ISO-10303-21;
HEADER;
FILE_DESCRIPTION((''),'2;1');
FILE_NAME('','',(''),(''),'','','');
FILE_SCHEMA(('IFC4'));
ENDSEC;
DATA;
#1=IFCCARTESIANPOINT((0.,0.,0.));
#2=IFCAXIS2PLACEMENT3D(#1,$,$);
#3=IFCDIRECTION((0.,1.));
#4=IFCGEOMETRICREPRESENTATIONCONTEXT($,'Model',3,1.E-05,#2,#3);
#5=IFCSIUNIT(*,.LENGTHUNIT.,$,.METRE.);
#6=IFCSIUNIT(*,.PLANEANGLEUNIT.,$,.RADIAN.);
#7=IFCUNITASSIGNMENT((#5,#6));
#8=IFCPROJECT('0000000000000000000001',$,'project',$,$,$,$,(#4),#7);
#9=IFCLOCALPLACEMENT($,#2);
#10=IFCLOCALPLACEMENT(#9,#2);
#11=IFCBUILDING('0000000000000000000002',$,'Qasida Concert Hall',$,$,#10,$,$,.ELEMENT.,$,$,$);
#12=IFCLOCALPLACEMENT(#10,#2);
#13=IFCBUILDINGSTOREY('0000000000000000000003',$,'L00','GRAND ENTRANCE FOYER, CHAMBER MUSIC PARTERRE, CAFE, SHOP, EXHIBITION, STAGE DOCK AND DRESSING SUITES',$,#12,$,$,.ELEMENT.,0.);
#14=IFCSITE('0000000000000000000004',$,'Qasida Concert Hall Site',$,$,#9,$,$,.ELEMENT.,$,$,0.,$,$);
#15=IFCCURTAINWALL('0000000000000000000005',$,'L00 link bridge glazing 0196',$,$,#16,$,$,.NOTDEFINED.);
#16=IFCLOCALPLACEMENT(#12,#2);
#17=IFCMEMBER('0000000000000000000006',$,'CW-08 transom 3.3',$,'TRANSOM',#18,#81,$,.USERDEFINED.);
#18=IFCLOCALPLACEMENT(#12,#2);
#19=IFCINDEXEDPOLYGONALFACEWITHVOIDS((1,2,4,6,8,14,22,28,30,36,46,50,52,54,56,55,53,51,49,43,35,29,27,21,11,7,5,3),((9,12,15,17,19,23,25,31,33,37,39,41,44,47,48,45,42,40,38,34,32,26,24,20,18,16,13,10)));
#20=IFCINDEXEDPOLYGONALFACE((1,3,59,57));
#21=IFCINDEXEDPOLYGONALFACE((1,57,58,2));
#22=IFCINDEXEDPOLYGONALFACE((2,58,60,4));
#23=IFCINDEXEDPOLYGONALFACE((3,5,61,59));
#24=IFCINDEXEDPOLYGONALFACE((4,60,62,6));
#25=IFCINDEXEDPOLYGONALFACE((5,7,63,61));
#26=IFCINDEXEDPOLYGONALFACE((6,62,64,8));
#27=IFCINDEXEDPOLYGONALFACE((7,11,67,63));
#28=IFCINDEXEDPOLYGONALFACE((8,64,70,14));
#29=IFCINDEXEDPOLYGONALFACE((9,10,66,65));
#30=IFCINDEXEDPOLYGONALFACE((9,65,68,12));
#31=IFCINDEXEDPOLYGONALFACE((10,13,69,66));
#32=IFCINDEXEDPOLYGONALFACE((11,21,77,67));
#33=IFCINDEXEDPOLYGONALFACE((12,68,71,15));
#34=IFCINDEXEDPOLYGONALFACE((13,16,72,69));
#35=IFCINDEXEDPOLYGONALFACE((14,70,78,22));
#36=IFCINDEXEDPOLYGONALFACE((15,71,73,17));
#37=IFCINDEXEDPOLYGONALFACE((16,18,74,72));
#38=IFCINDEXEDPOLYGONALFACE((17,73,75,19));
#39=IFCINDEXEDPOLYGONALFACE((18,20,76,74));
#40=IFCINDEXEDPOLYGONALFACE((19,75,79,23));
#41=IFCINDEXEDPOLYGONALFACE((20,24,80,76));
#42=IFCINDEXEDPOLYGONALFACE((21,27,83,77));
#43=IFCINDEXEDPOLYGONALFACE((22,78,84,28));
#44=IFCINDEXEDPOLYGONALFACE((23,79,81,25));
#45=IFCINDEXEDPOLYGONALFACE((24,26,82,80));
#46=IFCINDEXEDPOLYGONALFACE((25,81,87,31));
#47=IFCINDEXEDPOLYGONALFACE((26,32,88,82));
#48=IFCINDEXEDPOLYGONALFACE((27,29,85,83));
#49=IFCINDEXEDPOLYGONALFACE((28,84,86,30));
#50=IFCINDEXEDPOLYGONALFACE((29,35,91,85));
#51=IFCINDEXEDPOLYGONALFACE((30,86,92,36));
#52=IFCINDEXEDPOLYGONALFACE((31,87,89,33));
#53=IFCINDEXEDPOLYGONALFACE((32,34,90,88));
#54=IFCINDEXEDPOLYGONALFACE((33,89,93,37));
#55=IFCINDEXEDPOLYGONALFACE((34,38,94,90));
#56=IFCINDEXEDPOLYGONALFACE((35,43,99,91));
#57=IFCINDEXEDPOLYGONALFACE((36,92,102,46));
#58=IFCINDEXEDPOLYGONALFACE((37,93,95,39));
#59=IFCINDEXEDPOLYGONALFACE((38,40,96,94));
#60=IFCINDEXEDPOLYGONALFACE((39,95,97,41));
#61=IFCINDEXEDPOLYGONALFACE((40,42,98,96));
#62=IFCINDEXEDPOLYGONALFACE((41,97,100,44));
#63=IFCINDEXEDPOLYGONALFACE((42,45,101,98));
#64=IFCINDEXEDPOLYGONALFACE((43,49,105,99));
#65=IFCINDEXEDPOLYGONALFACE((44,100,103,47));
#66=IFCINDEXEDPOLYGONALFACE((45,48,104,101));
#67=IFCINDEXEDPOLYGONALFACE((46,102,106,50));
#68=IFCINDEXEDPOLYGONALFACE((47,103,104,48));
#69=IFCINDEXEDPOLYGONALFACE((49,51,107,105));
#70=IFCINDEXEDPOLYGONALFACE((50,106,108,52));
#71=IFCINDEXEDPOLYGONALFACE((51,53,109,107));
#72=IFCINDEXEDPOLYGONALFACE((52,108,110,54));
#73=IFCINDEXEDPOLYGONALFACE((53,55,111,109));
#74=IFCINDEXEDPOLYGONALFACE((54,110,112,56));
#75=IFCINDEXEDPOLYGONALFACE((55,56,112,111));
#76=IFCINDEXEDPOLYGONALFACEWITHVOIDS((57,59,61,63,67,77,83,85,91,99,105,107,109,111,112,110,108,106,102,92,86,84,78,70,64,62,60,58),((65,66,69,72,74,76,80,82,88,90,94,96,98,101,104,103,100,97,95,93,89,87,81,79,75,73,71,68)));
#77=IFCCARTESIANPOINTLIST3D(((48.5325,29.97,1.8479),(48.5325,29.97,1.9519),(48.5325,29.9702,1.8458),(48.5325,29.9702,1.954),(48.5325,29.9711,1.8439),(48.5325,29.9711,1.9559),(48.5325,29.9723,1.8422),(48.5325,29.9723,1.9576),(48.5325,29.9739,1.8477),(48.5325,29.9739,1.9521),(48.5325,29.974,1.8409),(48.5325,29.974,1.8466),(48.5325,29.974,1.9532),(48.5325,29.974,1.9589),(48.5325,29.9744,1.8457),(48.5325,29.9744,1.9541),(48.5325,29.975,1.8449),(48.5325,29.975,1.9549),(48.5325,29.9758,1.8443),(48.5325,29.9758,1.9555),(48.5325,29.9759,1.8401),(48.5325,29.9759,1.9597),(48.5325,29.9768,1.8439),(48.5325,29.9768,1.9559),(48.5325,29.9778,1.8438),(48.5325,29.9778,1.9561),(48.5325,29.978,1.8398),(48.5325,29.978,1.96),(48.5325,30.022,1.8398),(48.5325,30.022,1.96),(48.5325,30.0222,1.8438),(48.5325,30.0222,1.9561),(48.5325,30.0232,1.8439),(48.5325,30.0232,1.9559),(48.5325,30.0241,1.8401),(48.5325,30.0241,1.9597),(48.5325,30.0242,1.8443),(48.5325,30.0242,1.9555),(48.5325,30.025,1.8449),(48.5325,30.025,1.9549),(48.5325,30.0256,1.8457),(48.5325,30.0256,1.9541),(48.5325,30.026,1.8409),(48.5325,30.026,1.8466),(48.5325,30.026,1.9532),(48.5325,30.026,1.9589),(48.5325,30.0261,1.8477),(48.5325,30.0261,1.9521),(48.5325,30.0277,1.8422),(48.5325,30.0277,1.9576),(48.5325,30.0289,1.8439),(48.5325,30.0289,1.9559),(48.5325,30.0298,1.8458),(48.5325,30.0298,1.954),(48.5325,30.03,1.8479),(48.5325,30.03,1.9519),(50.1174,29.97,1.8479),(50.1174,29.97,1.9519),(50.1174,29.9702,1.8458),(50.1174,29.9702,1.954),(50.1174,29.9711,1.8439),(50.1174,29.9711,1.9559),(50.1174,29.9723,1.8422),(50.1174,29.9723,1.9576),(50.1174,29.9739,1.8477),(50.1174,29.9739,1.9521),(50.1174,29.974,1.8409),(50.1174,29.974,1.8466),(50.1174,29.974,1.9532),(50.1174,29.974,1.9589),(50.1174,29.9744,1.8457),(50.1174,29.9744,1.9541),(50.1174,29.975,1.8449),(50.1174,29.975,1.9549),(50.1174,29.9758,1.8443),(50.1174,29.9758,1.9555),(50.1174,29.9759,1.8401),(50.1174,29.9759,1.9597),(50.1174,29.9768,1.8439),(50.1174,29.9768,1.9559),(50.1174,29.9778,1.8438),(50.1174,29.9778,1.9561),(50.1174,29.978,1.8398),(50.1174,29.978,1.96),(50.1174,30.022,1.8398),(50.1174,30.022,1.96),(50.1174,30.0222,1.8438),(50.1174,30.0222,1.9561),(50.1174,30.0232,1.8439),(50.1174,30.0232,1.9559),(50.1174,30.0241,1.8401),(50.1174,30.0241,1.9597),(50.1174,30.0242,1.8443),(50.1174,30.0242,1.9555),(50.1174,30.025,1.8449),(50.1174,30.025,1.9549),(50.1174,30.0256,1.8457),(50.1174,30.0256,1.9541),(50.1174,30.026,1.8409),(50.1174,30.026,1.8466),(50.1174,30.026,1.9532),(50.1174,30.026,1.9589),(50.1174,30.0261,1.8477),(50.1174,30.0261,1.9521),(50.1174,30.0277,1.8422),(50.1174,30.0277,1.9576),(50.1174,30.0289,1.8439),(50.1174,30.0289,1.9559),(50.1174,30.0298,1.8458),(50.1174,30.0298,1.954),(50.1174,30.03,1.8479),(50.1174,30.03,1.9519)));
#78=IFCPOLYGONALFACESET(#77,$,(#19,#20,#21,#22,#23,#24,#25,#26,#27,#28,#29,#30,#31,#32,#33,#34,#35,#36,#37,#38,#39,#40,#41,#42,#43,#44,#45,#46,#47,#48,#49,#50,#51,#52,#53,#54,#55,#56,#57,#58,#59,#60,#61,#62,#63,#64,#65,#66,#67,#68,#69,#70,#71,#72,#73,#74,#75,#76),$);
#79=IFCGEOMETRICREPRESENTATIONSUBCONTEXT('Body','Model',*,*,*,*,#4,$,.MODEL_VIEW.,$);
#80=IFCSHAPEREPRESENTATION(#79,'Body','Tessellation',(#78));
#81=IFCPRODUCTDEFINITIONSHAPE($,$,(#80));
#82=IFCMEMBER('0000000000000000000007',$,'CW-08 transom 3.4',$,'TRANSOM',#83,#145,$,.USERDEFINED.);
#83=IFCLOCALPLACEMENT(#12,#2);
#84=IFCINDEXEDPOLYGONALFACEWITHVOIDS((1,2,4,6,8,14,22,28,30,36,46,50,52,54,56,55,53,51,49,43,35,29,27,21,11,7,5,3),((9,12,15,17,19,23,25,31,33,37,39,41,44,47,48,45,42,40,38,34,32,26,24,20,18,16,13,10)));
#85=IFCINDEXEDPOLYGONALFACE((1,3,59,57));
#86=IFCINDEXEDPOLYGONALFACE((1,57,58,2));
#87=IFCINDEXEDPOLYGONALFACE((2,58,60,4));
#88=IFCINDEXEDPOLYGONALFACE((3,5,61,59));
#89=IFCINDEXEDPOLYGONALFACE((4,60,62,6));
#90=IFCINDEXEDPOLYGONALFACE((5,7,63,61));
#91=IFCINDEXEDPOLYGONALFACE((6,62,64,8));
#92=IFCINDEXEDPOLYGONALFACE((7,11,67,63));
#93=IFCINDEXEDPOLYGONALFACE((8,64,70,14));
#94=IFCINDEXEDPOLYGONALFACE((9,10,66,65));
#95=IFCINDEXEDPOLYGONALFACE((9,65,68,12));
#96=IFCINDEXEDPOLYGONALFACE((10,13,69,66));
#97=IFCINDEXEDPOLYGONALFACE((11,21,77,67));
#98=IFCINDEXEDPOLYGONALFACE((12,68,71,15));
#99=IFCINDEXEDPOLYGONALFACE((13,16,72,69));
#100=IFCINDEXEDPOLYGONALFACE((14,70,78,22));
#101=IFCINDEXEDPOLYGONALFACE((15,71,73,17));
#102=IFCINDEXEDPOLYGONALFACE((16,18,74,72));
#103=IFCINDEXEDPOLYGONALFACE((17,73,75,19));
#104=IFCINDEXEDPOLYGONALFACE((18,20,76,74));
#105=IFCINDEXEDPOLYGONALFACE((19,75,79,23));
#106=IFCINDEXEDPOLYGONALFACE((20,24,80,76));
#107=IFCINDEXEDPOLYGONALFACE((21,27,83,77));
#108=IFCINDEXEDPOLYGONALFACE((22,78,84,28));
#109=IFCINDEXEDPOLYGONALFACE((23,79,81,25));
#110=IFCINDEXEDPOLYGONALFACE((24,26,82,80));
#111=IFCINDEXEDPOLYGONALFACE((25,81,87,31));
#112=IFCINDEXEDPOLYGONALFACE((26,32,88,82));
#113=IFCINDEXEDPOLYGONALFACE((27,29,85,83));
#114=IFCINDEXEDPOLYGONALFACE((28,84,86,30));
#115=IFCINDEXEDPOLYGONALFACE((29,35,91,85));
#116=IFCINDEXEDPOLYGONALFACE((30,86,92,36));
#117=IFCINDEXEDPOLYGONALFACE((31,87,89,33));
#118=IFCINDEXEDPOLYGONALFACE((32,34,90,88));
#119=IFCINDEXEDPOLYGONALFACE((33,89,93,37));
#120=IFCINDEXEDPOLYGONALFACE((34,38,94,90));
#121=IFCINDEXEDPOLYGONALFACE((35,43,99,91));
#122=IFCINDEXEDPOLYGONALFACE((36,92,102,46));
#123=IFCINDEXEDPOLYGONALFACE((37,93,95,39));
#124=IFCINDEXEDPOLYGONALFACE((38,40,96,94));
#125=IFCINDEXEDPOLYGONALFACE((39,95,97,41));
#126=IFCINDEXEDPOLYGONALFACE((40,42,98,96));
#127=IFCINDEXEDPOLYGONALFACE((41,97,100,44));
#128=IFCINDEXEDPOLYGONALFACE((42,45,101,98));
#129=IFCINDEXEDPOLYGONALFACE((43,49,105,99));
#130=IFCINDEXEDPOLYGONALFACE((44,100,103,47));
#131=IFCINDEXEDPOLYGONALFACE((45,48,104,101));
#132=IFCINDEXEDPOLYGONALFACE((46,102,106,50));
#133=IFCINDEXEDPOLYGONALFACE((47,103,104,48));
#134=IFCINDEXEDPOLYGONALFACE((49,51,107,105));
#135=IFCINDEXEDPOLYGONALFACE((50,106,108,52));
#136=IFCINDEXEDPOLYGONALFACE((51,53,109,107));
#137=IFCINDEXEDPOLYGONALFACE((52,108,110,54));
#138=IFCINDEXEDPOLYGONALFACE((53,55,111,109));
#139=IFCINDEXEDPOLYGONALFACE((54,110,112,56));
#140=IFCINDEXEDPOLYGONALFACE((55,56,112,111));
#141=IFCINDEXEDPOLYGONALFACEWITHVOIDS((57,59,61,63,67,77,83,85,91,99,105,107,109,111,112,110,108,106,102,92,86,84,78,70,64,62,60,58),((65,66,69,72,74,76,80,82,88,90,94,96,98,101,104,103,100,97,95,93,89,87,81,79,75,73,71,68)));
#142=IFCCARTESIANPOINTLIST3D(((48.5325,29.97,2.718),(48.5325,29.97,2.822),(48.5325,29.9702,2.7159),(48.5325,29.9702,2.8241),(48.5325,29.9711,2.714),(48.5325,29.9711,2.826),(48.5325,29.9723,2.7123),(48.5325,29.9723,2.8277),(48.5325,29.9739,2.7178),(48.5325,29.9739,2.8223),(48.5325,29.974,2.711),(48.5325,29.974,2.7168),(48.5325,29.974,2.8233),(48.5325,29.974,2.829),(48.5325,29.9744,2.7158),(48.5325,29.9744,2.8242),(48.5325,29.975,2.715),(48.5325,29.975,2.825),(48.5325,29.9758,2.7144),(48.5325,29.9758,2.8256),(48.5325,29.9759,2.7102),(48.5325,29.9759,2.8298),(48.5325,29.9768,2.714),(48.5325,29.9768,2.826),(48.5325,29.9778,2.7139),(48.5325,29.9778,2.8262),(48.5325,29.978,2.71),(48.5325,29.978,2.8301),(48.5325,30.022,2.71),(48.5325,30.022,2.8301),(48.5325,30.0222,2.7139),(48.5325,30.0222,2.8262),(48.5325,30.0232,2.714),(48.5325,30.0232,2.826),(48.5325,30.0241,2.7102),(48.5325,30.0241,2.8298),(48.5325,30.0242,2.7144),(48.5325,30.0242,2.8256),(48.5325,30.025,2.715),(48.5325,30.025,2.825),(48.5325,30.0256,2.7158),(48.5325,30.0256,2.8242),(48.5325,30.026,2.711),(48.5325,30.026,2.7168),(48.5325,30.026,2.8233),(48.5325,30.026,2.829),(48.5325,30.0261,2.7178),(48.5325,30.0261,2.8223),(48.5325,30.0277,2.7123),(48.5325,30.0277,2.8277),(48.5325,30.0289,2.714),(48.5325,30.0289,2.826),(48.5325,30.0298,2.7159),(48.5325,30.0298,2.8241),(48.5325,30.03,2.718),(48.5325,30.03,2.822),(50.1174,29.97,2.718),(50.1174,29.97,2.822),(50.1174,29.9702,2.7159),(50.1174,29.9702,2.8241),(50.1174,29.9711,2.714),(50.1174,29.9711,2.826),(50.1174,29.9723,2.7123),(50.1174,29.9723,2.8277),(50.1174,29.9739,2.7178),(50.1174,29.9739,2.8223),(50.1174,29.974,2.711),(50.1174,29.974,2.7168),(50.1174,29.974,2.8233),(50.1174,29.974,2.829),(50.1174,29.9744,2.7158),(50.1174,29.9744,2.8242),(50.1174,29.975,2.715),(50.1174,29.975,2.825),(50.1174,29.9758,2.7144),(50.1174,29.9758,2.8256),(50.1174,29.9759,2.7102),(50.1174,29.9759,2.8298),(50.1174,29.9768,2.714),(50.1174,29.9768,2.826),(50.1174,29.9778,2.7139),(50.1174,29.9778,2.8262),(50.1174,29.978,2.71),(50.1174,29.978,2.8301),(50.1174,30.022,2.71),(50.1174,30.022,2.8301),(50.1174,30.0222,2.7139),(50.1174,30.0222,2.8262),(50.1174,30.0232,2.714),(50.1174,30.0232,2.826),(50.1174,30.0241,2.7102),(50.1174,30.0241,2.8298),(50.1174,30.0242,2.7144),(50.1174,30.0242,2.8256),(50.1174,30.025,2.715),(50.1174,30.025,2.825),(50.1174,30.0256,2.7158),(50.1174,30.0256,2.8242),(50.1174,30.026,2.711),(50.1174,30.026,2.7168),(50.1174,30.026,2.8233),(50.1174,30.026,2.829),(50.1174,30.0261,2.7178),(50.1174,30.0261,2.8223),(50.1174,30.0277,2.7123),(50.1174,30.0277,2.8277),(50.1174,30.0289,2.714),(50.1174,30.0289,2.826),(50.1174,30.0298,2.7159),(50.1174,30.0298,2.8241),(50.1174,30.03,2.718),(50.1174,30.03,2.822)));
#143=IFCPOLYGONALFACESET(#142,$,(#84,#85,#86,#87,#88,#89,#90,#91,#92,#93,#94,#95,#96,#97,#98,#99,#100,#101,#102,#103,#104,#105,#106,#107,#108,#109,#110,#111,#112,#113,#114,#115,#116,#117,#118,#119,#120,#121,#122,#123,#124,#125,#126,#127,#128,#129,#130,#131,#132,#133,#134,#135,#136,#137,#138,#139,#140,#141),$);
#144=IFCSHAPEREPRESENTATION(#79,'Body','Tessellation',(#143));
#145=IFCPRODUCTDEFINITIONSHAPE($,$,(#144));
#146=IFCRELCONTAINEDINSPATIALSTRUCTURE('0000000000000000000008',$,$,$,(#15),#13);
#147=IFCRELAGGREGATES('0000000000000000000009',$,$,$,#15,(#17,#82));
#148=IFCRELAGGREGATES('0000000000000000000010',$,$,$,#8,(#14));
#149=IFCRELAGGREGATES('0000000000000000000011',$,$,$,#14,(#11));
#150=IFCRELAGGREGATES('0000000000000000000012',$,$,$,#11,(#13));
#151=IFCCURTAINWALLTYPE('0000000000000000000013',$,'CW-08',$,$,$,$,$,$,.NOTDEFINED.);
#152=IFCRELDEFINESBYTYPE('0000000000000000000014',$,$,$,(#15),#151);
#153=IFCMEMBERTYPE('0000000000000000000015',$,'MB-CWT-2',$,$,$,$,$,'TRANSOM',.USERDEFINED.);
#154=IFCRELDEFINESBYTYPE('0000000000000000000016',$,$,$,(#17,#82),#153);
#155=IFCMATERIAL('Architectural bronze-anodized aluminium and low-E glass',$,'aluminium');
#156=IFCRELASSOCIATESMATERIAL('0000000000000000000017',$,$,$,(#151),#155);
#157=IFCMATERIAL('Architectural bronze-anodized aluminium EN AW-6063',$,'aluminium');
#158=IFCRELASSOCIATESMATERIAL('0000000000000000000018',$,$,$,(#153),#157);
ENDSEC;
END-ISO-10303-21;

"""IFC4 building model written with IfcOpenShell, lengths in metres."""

from ifc_helpers import new_model, si_unit, direction, frame, origin, origin_2d, place, context, subcontext, project, spatial, hollow_rectangle, extrude, material, material_profile, profile_set, type_object, element, aggregate, save


model = new_model("IFC4")

# Units and contexts
model_context = context("Model", 3, precision=1e-05, world=origin(), true_north=direction((0.0, 1.0)))
body_context = subcontext(model_context, "Body", "Model", "MODEL_VIEW")
ifc_project = project(units=[si_unit("LENGTHUNIT", "METRE"), si_unit("PLANEANGLEUNIT", "RADIAN")], contexts=[model_context])

# Site, building, storey
site_placement = place(None, origin())
site = spatial("IfcSite", under=ifc_project, at=site_placement, Name="Qasida Concert Hall Site", CompositionType="ELEMENT", RefElevation=0.0)
building_placement = place(site_placement, origin())
building = spatial("IfcBuilding", under=site, at=building_placement, Name="Qasida Concert Hall", CompositionType="ELEMENT")
storey_placement = place(building_placement, origin())
storey = spatial("IfcBuildingStorey", under=building, at=storey_placement, Name="L00", Description="GRAND ENTRANCE FOYER, CHAMBER MUSIC PARTERRE, CAFE, SHOP, EXHIBITION, STAGE DOCK AND DRESSING SUITES", CompositionType="ELEMENT", Elevation=0.0)

# Curtain wall, members
ifc_material_1 = material(Name="Architectural bronze-anodized aluminium and low-E glass", Category="aluminium")
curtain_wall_type = type_object("IfcCurtainWallType", Name="CW-08", PredefinedType="NOTDEFINED", material=ifc_material_1)
curtain_wall_placement = place(storey_placement, origin())
curtain_wall = element("IfcCurtainWall", 1, at=curtain_wall_placement, inside=storey, type_object=curtain_wall_type, Name="L00 link bridge glazing 0196", PredefinedType="NOTDEFINED")
ifc_material_2 = material(Name="Architectural bronze-anodized aluminium EN AW-6063", Category="aluminium")
ifc_material_profile_1 = material_profile(ifc_material_2, hollow_rectangle(XDim=0.0601, YDim=0.1201, WallThickness=0.0039, InnerFilletRadius=0.0039, OuterFilletRadius=0.0081, at=origin_2d()), Name="CWT 120x60x4")
ifc_profile_set_1 = profile_set([ifc_material_profile_1], Name="Architectural bronze-anodized aluminium EN AW-6063")
member_type_1 = type_object("IfcMemberType", Name="MB-CWT-2", ElementType="TRANSOM", PredefinedType="USERDEFINED", material=ifc_profile_set_1)
member_1_placement = place(storey_placement, frame((48.5325, 30.0, 1.8999), z_axis=(1.0, 0.0, 0.0), x_axis=(0.0, 1.0, 0.0)))
member_1 = element("IfcMember", 2, at=member_1_placement, type_object=member_type_1, Name="CW-08 transom 3.3", ObjectType="TRANSOM", PredefinedType="USERDEFINED", context=body_context, shape_type="SweptSolid", body=[
    extrude(hollow_rectangle(XDim=0.0601, YDim=0.1201, WallThickness=0.0039, InnerFilletRadius=0.0039, OuterFilletRadius=0.0081, at=origin_2d()), origin(), (0.0, 0.0, 1.0), 1.585),
])
member_2_placement = place(storey_placement, frame((48.5325, 30.0, 2.77), z_axis=(1.0, 0.0, 0.0), x_axis=(0.0, 1.0, 0.0)))
member_2 = element("IfcMember", 3, at=member_2_placement, type_object=member_type_1, Name="CW-08 transom 3.4", ObjectType="TRANSOM", PredefinedType="USERDEFINED", context=body_context, shape_type="SweptSolid", body=[
    extrude(hollow_rectangle(XDim=0.0601, YDim=0.1201, WallThickness=0.0039, InnerFilletRadius=0.0039, OuterFilletRadius=0.0081, at=origin_2d()), origin(), (0.0, 0.0, 1.0), 1.585),
])
aggregate(curtain_wall, [member_1, member_2])

save(model, "model.ifc")
